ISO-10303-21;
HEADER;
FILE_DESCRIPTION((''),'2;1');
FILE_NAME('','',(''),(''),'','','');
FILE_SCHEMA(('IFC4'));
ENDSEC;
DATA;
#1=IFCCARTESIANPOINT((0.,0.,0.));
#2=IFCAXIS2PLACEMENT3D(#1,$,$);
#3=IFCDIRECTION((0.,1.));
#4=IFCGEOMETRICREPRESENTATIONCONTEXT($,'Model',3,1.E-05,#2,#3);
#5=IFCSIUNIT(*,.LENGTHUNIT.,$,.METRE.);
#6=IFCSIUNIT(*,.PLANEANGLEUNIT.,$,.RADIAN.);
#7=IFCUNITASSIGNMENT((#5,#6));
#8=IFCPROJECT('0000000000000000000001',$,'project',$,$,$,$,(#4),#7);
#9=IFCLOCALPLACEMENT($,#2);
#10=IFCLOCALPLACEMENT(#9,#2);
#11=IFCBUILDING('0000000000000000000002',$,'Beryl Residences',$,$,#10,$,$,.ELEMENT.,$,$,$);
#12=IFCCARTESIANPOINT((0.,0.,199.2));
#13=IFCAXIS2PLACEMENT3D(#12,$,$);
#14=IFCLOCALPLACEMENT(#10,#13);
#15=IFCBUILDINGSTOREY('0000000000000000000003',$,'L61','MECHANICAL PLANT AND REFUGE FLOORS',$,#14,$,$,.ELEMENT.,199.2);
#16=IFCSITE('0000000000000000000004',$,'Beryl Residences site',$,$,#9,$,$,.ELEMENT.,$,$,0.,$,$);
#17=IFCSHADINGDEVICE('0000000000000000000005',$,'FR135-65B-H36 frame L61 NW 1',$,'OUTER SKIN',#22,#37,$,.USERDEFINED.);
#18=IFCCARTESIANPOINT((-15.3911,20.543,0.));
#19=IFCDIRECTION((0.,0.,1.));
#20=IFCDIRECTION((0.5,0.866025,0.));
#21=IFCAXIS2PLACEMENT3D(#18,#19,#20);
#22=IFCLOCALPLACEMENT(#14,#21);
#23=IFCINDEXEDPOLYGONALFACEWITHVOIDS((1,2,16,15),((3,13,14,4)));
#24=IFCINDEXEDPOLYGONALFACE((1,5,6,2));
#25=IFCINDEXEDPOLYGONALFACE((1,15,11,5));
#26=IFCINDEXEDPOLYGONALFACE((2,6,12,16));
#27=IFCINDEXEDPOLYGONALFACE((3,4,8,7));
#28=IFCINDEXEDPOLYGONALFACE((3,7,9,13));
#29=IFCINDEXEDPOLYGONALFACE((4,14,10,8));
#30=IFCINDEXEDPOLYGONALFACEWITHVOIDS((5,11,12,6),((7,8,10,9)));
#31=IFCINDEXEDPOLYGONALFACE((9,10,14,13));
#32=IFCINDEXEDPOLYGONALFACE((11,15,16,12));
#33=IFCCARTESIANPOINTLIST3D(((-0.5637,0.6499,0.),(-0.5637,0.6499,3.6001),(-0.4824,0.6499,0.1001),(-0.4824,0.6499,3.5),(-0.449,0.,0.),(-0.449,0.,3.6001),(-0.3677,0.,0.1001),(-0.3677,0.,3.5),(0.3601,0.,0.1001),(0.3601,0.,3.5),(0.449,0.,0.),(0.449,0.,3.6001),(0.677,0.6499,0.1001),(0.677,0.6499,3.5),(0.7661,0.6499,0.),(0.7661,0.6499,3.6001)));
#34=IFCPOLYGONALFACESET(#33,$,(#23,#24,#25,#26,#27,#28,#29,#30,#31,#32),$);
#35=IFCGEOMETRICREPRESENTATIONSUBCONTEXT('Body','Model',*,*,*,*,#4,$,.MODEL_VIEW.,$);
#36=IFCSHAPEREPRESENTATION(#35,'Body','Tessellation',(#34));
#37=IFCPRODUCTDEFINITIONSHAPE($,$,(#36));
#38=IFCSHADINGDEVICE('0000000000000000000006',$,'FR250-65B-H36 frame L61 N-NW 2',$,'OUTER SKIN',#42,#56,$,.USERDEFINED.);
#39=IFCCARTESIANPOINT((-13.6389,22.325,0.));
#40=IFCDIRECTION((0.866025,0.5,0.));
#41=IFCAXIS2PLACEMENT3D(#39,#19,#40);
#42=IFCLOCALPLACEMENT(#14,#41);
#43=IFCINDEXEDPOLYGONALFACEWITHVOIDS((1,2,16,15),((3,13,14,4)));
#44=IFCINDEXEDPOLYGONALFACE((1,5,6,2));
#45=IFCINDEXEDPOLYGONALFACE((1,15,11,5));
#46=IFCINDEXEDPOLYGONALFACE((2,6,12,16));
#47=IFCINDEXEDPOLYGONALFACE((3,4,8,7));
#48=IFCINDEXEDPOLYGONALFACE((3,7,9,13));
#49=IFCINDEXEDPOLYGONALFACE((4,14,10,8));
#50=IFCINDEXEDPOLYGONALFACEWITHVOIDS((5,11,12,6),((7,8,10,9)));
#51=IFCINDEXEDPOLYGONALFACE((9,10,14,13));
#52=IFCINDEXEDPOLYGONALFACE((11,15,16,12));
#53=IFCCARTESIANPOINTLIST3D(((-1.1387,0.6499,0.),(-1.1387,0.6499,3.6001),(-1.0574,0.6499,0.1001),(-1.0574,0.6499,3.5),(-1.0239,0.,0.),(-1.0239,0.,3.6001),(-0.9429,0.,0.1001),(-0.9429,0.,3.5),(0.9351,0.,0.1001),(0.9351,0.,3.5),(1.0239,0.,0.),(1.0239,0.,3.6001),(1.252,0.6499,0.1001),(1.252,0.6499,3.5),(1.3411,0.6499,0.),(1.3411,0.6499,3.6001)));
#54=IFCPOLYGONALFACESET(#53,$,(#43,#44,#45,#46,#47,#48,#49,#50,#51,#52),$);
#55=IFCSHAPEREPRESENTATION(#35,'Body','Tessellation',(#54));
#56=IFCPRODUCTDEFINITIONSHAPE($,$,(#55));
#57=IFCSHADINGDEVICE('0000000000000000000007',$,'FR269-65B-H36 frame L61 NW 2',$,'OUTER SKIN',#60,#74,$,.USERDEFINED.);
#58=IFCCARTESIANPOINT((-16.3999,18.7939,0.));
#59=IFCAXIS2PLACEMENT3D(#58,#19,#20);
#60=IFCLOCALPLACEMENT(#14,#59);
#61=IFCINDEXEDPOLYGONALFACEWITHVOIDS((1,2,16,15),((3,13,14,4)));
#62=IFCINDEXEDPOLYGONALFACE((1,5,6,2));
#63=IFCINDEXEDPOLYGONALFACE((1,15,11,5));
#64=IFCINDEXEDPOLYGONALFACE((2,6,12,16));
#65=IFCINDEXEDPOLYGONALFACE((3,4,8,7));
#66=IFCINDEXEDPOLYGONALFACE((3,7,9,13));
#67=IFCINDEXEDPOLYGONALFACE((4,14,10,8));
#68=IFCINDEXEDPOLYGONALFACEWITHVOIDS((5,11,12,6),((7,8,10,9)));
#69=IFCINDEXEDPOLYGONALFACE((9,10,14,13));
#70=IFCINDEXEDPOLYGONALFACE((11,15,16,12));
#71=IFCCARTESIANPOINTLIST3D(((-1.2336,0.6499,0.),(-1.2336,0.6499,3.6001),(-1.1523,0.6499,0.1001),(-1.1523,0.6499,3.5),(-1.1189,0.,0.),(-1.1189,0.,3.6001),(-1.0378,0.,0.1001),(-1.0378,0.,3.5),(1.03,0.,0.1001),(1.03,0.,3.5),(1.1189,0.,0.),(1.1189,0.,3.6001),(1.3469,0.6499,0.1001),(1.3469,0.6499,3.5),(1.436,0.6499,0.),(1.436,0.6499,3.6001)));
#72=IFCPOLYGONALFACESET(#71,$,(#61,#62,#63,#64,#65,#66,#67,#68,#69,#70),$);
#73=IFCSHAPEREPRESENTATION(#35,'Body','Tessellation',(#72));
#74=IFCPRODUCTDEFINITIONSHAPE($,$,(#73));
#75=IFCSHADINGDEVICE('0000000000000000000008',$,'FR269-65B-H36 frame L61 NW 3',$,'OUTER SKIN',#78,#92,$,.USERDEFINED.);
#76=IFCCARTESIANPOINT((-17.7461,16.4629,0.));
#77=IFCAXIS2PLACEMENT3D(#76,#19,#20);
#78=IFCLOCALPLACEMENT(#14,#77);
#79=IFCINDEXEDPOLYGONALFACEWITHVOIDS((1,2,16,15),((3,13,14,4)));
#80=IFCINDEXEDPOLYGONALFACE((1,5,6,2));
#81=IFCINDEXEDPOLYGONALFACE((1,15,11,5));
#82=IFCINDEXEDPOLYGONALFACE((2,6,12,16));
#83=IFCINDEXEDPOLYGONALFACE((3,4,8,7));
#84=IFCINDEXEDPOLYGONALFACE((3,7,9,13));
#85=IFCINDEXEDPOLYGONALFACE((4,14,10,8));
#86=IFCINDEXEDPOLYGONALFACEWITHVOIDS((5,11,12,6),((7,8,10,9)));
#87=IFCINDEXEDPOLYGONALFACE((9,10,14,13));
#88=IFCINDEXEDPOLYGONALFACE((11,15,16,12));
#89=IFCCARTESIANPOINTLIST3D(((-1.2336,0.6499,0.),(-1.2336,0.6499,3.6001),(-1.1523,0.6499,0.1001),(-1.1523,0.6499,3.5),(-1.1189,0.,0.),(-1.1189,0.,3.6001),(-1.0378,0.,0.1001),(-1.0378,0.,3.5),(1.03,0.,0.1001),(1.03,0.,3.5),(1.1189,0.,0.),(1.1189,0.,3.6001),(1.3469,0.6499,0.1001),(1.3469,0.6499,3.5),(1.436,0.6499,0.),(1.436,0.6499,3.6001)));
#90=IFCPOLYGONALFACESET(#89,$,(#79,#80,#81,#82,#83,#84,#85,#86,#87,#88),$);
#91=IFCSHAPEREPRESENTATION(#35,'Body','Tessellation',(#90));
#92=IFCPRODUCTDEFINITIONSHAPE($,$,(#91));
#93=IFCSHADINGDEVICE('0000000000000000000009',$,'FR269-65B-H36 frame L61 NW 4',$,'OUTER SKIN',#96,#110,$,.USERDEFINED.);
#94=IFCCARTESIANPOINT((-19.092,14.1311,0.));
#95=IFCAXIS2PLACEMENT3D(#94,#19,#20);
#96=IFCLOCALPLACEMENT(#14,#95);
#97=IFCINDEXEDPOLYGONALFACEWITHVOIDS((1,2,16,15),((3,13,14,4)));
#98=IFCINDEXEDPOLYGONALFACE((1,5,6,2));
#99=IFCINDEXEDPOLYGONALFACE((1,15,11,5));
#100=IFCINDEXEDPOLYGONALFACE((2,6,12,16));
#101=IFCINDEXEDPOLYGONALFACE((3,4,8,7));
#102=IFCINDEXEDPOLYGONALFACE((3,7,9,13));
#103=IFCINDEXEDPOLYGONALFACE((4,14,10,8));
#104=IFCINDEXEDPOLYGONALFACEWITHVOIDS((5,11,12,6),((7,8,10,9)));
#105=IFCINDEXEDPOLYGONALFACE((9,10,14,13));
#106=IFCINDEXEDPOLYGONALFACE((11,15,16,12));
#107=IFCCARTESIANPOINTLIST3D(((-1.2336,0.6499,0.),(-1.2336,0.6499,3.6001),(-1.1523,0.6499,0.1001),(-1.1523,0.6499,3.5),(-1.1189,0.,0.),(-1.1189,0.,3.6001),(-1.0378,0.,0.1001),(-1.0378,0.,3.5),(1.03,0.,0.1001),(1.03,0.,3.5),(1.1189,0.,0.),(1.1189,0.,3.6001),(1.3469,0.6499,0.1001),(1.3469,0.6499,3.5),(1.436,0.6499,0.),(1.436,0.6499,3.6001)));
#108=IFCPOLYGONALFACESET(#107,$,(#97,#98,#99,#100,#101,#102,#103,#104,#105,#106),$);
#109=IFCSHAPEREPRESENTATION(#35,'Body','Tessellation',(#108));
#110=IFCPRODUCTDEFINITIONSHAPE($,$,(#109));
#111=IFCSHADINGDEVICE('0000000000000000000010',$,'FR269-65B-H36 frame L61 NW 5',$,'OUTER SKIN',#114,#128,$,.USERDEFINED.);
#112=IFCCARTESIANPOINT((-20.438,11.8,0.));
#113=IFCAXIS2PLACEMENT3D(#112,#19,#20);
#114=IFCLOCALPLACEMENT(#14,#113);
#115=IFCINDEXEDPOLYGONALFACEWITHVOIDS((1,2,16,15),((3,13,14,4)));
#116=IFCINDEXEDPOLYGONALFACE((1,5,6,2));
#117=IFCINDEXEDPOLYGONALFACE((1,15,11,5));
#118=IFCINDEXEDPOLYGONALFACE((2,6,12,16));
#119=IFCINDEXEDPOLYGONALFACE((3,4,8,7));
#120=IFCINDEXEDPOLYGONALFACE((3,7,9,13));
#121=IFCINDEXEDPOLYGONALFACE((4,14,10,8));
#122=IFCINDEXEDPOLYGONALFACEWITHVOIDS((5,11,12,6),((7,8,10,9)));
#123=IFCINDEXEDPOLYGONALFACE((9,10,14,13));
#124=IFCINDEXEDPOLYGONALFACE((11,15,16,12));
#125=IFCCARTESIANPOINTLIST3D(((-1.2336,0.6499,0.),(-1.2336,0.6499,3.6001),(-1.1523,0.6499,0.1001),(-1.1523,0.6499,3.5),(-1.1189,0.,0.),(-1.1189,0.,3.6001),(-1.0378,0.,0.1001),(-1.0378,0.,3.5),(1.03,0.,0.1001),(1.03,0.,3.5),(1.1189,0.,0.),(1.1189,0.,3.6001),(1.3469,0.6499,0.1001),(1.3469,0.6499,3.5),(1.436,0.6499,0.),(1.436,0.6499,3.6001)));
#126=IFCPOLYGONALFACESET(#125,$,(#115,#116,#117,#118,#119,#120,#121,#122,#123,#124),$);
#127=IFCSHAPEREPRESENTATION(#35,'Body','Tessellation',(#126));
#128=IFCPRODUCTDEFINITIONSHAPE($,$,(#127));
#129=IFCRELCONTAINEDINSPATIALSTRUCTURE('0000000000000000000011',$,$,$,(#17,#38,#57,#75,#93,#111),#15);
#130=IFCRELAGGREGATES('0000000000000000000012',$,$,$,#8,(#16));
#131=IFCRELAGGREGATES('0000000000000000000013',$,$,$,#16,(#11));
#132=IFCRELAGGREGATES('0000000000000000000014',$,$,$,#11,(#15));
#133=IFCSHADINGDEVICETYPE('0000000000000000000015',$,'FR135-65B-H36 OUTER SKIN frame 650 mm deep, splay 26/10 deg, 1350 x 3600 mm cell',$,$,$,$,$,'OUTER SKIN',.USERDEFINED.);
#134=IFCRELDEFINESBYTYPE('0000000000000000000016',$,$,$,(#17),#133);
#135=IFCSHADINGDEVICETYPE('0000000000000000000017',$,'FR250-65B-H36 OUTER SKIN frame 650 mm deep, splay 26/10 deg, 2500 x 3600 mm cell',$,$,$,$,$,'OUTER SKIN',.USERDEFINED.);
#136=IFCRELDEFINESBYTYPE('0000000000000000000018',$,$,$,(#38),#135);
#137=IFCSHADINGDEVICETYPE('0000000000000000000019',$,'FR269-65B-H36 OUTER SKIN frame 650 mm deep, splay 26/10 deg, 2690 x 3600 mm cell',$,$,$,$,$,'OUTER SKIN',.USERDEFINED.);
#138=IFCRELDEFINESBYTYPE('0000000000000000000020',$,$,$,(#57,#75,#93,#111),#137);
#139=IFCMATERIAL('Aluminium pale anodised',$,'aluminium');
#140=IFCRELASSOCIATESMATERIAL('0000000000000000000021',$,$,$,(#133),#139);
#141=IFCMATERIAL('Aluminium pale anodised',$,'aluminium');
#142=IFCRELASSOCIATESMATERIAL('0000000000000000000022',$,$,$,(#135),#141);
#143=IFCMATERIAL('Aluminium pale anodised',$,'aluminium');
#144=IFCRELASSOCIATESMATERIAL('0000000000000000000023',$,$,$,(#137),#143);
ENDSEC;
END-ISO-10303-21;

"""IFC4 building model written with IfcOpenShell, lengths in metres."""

from ifc_helpers import new_model, entity, si_unit, direction, frame, origin, place, context, subcontext, project, spatial, source, transform, mapped, material, type_object, type_shapes, element, save


model = new_model("IFC4")

# Units and contexts
model_context = context("Model", 3, precision=1e-05, world=origin(), true_north=direction((0.0, 1.0)))
body_context = subcontext(model_context, "Body", "Model", "MODEL_VIEW")
ifc_project = project(units=[si_unit("LENGTHUNIT", "METRE"), si_unit("PLANEANGLEUNIT", "RADIAN")], contexts=[model_context])

# Site, building, storey
site_placement = place(None, origin())
site = spatial("IfcSite", under=ifc_project, at=site_placement, Name="Beryl Residences site", CompositionType="ELEMENT", RefElevation=0.0)
building_placement = place(site_placement, origin())
building = spatial("IfcBuilding", under=site, at=building_placement, Name="Beryl Residences", CompositionType="ELEMENT")
storey_placement = place(building_placement, frame((0.0, 0.0, 199.2)))
storey = spatial("IfcBuildingStorey", under=building, at=storey_placement, Name="L61", Description="MECHANICAL PLANT AND REFUGE FLOORS", CompositionType="ELEMENT", Elevation=199.2)

# Shading devices
ifc_material_1 = material(Name="Aluminium pale anodised", Category="aluminium")
shading_device_type_1 = type_object("IfcShadingDeviceType", Name="FR135-65B-H36 OUTER SKIN frame 650 mm deep, splay 26/10 deg, 1350 x 3600 mm cell", ElementType="OUTER SKIN", PredefinedType="USERDEFINED", material=ifc_material_1)
cartesian_point_1 = entity("IfcCartesianPoint", [-0.449, 0.0])
cartesian_point_2 = entity("IfcCartesianPoint", [-0.3601, 0.1001])
cartesian_point_3 = entity("IfcCartesianPoint", [-0.7661, 0.0])
cartesian_point_4 = entity("IfcCartesianPoint", [-0.677, 0.1001])
shared_shape_1 = source(origin(), body_context, "Body", "SweptSolid", [
    entity("IfcExtrudedAreaSolidTapered", entity("IfcArbitraryProfileDefWithVoids", "AREA", None, entity("IfcPolyline", [cartesian_point_1, entity("IfcCartesianPoint", [0.449, 0.0]), entity("IfcCartesianPoint", [0.449, 3.6001]), entity("IfcCartesianPoint", [-0.449, 3.6001]), cartesian_point_1]), [entity("IfcPolyline", [cartesian_point_2, entity("IfcCartesianPoint", [0.3677, 0.1001]), entity("IfcCartesianPoint", [0.3677, 3.5]), entity("IfcCartesianPoint", [-0.3601, 3.5]), cartesian_point_2])]), entity("IfcAxis2Placement3D", entity("IfcCartesianPoint", [0.0, 0.0, 0.0]), entity("IfcDirection", [0.0, 1.0, 0.0]), entity("IfcDirection", [-1.0, 0.0, 0.0])), entity("IfcDirection", [0.0, 0.0, 1.0]), 0.6499, entity("IfcArbitraryProfileDefWithVoids", "AREA", None, entity("IfcPolyline", [cartesian_point_3, entity("IfcCartesianPoint", [0.5637, 0.0]), entity("IfcCartesianPoint", [0.5637, 3.6001]), entity("IfcCartesianPoint", [-0.7661, 3.6001]), cartesian_point_3]), [entity("IfcPolyline", [cartesian_point_4, entity("IfcCartesianPoint", [0.4824, 0.1001]), entity("IfcCartesianPoint", [0.4824, 3.5]), entity("IfcCartesianPoint", [-0.677, 3.5]), cartesian_point_4])])),
])
type_shapes(shading_device_type_1, [shared_shape_1])
shading_device_1_placement = place(storey_placement, frame((-15.3911, 20.543, 0.0), z_axis=(0.0, 0.0, 1.0), x_axis=(0.5, 0.866025, 0.0)))
element("IfcShadingDevice", 1, at=shading_device_1_placement, inside=storey, type_object=shading_device_type_1, Name="FR135-65B-H36 frame L61 NW 1", ObjectType="OUTER SKIN", PredefinedType="USERDEFINED", context=body_context, shape_type="MappedRepresentation", body=[
    mapped(shared_shape_1, transform((0.0, 0.0, 0.0))),
])
ifc_material_2 = material(Name="Aluminium pale anodised", Category="aluminium")
shading_device_type_2 = type_object("IfcShadingDeviceType", Name="FR250-65B-H36 OUTER SKIN frame 650 mm deep, splay 26/10 deg, 2500 x 3600 mm cell", ElementType="OUTER SKIN", PredefinedType="USERDEFINED", material=ifc_material_2)
cartesian_point_5 = entity("IfcCartesianPoint", [-1.0239, 0.0])
cartesian_point_6 = entity("IfcCartesianPoint", [-0.9351, 0.1001])
cartesian_point_7 = entity("IfcCartesianPoint", [-1.3411, 0.0])
cartesian_point_8 = entity("IfcCartesianPoint", [-1.252, 0.1001])
shared_shape_2 = source(origin(), body_context, "Body", "SweptSolid", [
    entity("IfcExtrudedAreaSolidTapered", entity("IfcArbitraryProfileDefWithVoids", "AREA", None, entity("IfcPolyline", [cartesian_point_5, entity("IfcCartesianPoint", [1.0239, 0.0]), entity("IfcCartesianPoint", [1.0239, 3.6001]), entity("IfcCartesianPoint", [-1.0239, 3.6001]), cartesian_point_5]), [entity("IfcPolyline", [cartesian_point_6, entity("IfcCartesianPoint", [0.9429, 0.1001]), entity("IfcCartesianPoint", [0.9429, 3.5]), entity("IfcCartesianPoint", [-0.9351, 3.5]), cartesian_point_6])]), entity("IfcAxis2Placement3D", entity("IfcCartesianPoint", [0.0, 0.0, 0.0]), entity("IfcDirection", [0.0, 1.0, 0.0]), entity("IfcDirection", [-1.0, 0.0, 0.0])), entity("IfcDirection", [0.0, 0.0, 1.0]), 0.6499, entity("IfcArbitraryProfileDefWithVoids", "AREA", None, entity("IfcPolyline", [cartesian_point_7, entity("IfcCartesianPoint", [1.1387, 0.0]), entity("IfcCartesianPoint", [1.1387, 3.6001]), entity("IfcCartesianPoint", [-1.3411, 3.6001]), cartesian_point_7]), [entity("IfcPolyline", [cartesian_point_8, entity("IfcCartesianPoint", [1.0574, 0.1001]), entity("IfcCartesianPoint", [1.0574, 3.5]), entity("IfcCartesianPoint", [-1.252, 3.5]), cartesian_point_8])])),
])
type_shapes(shading_device_type_2, [shared_shape_2])
shading_device_2_placement = place(storey_placement, frame((-13.6389, 22.325, 0.0), z_axis=(0.0, 0.0, 1.0), x_axis=(0.866025, 0.5, 0.0)))
element("IfcShadingDevice", 2, at=shading_device_2_placement, inside=storey, type_object=shading_device_type_2, Name="FR250-65B-H36 frame L61 N-NW 2", ObjectType="OUTER SKIN", PredefinedType="USERDEFINED", context=body_context, shape_type="MappedRepresentation", body=[
    mapped(shared_shape_2, transform((0.0, 0.0, 0.0))),
])
ifc_material_3 = material(Name="Aluminium pale anodised", Category="aluminium")
shading_device_type_3 = type_object("IfcShadingDeviceType", Name="FR269-65B-H36 OUTER SKIN frame 650 mm deep, splay 26/10 deg, 2690 x 3600 mm cell", ElementType="OUTER SKIN", PredefinedType="USERDEFINED", material=ifc_material_3)
cartesian_point_9 = entity("IfcCartesianPoint", [-1.1189, 0.0])
cartesian_point_10 = entity("IfcCartesianPoint", [-1.03, 0.1001])
cartesian_point_11 = entity("IfcCartesianPoint", [-1.436, 0.0])
cartesian_point_12 = entity("IfcCartesianPoint", [-1.3469, 0.1001])
shared_shape_3 = source(origin(), body_context, "Body", "SweptSolid", [
    entity("IfcExtrudedAreaSolidTapered", entity("IfcArbitraryProfileDefWithVoids", "AREA", None, entity("IfcPolyline", [cartesian_point_9, entity("IfcCartesianPoint", [1.1189, 0.0]), entity("IfcCartesianPoint", [1.1189, 3.6001]), entity("IfcCartesianPoint", [-1.1189, 3.6001]), cartesian_point_9]), [entity("IfcPolyline", [cartesian_point_10, entity("IfcCartesianPoint", [1.0378, 0.1001]), entity("IfcCartesianPoint", [1.0378, 3.5]), entity("IfcCartesianPoint", [-1.03, 3.5]), cartesian_point_10])]), entity("IfcAxis2Placement3D", entity("IfcCartesianPoint", [0.0, 0.0, 0.0]), entity("IfcDirection", [0.0, 1.0, 0.0]), entity("IfcDirection", [-1.0, 0.0, 0.0])), entity("IfcDirection", [0.0, 0.0, 1.0]), 0.6499, entity("IfcArbitraryProfileDefWithVoids", "AREA", None, entity("IfcPolyline", [cartesian_point_11, entity("IfcCartesianPoint", [1.2336, 0.0]), entity("IfcCartesianPoint", [1.2336, 3.6001]), entity("IfcCartesianPoint", [-1.436, 3.6001]), cartesian_point_11]), [entity("IfcPolyline", [cartesian_point_12, entity("IfcCartesianPoint", [1.1523, 0.1001]), entity("IfcCartesianPoint", [1.1523, 3.5]), entity("IfcCartesianPoint", [-1.3469, 3.5]), cartesian_point_12])])),
])
type_shapes(shading_device_type_3, [shared_shape_3])
for number, where, z_axis, x_axis, name in (
    (3, (-16.3999, 18.7939, 0.0), (0.0, 0.0, 1.0), (0.5, 0.866025, 0.0), "FR269-65B-H36 frame L61 NW 2"),
    (4, (-17.7461, 16.4629, 0.0), (0.0, 0.0, 1.0), (0.5, 0.866025, 0.0), "FR269-65B-H36 frame L61 NW 3"),
    (5, (-19.092, 14.1311, 0.0), (0.0, 0.0, 1.0), (0.5, 0.866025, 0.0), "FR269-65B-H36 frame L61 NW 4"),
    (6, (-20.438, 11.8, 0.0), (0.0, 0.0, 1.0), (0.5, 0.866025, 0.0), "FR269-65B-H36 frame L61 NW 5"),
):
    element("IfcShadingDevice", number, at=place(storey_placement, frame(where, z_axis=z_axis, x_axis=x_axis)), inside=storey, type_object=shading_device_type_3, Name=name, ObjectType="OUTER SKIN", PredefinedType="USERDEFINED", context=body_context, shape_type="MappedRepresentation", body=[
        mapped(shared_shape_3, transform((0.0, 0.0, 0.0))),
    ])

save(model, "model.ifc")
